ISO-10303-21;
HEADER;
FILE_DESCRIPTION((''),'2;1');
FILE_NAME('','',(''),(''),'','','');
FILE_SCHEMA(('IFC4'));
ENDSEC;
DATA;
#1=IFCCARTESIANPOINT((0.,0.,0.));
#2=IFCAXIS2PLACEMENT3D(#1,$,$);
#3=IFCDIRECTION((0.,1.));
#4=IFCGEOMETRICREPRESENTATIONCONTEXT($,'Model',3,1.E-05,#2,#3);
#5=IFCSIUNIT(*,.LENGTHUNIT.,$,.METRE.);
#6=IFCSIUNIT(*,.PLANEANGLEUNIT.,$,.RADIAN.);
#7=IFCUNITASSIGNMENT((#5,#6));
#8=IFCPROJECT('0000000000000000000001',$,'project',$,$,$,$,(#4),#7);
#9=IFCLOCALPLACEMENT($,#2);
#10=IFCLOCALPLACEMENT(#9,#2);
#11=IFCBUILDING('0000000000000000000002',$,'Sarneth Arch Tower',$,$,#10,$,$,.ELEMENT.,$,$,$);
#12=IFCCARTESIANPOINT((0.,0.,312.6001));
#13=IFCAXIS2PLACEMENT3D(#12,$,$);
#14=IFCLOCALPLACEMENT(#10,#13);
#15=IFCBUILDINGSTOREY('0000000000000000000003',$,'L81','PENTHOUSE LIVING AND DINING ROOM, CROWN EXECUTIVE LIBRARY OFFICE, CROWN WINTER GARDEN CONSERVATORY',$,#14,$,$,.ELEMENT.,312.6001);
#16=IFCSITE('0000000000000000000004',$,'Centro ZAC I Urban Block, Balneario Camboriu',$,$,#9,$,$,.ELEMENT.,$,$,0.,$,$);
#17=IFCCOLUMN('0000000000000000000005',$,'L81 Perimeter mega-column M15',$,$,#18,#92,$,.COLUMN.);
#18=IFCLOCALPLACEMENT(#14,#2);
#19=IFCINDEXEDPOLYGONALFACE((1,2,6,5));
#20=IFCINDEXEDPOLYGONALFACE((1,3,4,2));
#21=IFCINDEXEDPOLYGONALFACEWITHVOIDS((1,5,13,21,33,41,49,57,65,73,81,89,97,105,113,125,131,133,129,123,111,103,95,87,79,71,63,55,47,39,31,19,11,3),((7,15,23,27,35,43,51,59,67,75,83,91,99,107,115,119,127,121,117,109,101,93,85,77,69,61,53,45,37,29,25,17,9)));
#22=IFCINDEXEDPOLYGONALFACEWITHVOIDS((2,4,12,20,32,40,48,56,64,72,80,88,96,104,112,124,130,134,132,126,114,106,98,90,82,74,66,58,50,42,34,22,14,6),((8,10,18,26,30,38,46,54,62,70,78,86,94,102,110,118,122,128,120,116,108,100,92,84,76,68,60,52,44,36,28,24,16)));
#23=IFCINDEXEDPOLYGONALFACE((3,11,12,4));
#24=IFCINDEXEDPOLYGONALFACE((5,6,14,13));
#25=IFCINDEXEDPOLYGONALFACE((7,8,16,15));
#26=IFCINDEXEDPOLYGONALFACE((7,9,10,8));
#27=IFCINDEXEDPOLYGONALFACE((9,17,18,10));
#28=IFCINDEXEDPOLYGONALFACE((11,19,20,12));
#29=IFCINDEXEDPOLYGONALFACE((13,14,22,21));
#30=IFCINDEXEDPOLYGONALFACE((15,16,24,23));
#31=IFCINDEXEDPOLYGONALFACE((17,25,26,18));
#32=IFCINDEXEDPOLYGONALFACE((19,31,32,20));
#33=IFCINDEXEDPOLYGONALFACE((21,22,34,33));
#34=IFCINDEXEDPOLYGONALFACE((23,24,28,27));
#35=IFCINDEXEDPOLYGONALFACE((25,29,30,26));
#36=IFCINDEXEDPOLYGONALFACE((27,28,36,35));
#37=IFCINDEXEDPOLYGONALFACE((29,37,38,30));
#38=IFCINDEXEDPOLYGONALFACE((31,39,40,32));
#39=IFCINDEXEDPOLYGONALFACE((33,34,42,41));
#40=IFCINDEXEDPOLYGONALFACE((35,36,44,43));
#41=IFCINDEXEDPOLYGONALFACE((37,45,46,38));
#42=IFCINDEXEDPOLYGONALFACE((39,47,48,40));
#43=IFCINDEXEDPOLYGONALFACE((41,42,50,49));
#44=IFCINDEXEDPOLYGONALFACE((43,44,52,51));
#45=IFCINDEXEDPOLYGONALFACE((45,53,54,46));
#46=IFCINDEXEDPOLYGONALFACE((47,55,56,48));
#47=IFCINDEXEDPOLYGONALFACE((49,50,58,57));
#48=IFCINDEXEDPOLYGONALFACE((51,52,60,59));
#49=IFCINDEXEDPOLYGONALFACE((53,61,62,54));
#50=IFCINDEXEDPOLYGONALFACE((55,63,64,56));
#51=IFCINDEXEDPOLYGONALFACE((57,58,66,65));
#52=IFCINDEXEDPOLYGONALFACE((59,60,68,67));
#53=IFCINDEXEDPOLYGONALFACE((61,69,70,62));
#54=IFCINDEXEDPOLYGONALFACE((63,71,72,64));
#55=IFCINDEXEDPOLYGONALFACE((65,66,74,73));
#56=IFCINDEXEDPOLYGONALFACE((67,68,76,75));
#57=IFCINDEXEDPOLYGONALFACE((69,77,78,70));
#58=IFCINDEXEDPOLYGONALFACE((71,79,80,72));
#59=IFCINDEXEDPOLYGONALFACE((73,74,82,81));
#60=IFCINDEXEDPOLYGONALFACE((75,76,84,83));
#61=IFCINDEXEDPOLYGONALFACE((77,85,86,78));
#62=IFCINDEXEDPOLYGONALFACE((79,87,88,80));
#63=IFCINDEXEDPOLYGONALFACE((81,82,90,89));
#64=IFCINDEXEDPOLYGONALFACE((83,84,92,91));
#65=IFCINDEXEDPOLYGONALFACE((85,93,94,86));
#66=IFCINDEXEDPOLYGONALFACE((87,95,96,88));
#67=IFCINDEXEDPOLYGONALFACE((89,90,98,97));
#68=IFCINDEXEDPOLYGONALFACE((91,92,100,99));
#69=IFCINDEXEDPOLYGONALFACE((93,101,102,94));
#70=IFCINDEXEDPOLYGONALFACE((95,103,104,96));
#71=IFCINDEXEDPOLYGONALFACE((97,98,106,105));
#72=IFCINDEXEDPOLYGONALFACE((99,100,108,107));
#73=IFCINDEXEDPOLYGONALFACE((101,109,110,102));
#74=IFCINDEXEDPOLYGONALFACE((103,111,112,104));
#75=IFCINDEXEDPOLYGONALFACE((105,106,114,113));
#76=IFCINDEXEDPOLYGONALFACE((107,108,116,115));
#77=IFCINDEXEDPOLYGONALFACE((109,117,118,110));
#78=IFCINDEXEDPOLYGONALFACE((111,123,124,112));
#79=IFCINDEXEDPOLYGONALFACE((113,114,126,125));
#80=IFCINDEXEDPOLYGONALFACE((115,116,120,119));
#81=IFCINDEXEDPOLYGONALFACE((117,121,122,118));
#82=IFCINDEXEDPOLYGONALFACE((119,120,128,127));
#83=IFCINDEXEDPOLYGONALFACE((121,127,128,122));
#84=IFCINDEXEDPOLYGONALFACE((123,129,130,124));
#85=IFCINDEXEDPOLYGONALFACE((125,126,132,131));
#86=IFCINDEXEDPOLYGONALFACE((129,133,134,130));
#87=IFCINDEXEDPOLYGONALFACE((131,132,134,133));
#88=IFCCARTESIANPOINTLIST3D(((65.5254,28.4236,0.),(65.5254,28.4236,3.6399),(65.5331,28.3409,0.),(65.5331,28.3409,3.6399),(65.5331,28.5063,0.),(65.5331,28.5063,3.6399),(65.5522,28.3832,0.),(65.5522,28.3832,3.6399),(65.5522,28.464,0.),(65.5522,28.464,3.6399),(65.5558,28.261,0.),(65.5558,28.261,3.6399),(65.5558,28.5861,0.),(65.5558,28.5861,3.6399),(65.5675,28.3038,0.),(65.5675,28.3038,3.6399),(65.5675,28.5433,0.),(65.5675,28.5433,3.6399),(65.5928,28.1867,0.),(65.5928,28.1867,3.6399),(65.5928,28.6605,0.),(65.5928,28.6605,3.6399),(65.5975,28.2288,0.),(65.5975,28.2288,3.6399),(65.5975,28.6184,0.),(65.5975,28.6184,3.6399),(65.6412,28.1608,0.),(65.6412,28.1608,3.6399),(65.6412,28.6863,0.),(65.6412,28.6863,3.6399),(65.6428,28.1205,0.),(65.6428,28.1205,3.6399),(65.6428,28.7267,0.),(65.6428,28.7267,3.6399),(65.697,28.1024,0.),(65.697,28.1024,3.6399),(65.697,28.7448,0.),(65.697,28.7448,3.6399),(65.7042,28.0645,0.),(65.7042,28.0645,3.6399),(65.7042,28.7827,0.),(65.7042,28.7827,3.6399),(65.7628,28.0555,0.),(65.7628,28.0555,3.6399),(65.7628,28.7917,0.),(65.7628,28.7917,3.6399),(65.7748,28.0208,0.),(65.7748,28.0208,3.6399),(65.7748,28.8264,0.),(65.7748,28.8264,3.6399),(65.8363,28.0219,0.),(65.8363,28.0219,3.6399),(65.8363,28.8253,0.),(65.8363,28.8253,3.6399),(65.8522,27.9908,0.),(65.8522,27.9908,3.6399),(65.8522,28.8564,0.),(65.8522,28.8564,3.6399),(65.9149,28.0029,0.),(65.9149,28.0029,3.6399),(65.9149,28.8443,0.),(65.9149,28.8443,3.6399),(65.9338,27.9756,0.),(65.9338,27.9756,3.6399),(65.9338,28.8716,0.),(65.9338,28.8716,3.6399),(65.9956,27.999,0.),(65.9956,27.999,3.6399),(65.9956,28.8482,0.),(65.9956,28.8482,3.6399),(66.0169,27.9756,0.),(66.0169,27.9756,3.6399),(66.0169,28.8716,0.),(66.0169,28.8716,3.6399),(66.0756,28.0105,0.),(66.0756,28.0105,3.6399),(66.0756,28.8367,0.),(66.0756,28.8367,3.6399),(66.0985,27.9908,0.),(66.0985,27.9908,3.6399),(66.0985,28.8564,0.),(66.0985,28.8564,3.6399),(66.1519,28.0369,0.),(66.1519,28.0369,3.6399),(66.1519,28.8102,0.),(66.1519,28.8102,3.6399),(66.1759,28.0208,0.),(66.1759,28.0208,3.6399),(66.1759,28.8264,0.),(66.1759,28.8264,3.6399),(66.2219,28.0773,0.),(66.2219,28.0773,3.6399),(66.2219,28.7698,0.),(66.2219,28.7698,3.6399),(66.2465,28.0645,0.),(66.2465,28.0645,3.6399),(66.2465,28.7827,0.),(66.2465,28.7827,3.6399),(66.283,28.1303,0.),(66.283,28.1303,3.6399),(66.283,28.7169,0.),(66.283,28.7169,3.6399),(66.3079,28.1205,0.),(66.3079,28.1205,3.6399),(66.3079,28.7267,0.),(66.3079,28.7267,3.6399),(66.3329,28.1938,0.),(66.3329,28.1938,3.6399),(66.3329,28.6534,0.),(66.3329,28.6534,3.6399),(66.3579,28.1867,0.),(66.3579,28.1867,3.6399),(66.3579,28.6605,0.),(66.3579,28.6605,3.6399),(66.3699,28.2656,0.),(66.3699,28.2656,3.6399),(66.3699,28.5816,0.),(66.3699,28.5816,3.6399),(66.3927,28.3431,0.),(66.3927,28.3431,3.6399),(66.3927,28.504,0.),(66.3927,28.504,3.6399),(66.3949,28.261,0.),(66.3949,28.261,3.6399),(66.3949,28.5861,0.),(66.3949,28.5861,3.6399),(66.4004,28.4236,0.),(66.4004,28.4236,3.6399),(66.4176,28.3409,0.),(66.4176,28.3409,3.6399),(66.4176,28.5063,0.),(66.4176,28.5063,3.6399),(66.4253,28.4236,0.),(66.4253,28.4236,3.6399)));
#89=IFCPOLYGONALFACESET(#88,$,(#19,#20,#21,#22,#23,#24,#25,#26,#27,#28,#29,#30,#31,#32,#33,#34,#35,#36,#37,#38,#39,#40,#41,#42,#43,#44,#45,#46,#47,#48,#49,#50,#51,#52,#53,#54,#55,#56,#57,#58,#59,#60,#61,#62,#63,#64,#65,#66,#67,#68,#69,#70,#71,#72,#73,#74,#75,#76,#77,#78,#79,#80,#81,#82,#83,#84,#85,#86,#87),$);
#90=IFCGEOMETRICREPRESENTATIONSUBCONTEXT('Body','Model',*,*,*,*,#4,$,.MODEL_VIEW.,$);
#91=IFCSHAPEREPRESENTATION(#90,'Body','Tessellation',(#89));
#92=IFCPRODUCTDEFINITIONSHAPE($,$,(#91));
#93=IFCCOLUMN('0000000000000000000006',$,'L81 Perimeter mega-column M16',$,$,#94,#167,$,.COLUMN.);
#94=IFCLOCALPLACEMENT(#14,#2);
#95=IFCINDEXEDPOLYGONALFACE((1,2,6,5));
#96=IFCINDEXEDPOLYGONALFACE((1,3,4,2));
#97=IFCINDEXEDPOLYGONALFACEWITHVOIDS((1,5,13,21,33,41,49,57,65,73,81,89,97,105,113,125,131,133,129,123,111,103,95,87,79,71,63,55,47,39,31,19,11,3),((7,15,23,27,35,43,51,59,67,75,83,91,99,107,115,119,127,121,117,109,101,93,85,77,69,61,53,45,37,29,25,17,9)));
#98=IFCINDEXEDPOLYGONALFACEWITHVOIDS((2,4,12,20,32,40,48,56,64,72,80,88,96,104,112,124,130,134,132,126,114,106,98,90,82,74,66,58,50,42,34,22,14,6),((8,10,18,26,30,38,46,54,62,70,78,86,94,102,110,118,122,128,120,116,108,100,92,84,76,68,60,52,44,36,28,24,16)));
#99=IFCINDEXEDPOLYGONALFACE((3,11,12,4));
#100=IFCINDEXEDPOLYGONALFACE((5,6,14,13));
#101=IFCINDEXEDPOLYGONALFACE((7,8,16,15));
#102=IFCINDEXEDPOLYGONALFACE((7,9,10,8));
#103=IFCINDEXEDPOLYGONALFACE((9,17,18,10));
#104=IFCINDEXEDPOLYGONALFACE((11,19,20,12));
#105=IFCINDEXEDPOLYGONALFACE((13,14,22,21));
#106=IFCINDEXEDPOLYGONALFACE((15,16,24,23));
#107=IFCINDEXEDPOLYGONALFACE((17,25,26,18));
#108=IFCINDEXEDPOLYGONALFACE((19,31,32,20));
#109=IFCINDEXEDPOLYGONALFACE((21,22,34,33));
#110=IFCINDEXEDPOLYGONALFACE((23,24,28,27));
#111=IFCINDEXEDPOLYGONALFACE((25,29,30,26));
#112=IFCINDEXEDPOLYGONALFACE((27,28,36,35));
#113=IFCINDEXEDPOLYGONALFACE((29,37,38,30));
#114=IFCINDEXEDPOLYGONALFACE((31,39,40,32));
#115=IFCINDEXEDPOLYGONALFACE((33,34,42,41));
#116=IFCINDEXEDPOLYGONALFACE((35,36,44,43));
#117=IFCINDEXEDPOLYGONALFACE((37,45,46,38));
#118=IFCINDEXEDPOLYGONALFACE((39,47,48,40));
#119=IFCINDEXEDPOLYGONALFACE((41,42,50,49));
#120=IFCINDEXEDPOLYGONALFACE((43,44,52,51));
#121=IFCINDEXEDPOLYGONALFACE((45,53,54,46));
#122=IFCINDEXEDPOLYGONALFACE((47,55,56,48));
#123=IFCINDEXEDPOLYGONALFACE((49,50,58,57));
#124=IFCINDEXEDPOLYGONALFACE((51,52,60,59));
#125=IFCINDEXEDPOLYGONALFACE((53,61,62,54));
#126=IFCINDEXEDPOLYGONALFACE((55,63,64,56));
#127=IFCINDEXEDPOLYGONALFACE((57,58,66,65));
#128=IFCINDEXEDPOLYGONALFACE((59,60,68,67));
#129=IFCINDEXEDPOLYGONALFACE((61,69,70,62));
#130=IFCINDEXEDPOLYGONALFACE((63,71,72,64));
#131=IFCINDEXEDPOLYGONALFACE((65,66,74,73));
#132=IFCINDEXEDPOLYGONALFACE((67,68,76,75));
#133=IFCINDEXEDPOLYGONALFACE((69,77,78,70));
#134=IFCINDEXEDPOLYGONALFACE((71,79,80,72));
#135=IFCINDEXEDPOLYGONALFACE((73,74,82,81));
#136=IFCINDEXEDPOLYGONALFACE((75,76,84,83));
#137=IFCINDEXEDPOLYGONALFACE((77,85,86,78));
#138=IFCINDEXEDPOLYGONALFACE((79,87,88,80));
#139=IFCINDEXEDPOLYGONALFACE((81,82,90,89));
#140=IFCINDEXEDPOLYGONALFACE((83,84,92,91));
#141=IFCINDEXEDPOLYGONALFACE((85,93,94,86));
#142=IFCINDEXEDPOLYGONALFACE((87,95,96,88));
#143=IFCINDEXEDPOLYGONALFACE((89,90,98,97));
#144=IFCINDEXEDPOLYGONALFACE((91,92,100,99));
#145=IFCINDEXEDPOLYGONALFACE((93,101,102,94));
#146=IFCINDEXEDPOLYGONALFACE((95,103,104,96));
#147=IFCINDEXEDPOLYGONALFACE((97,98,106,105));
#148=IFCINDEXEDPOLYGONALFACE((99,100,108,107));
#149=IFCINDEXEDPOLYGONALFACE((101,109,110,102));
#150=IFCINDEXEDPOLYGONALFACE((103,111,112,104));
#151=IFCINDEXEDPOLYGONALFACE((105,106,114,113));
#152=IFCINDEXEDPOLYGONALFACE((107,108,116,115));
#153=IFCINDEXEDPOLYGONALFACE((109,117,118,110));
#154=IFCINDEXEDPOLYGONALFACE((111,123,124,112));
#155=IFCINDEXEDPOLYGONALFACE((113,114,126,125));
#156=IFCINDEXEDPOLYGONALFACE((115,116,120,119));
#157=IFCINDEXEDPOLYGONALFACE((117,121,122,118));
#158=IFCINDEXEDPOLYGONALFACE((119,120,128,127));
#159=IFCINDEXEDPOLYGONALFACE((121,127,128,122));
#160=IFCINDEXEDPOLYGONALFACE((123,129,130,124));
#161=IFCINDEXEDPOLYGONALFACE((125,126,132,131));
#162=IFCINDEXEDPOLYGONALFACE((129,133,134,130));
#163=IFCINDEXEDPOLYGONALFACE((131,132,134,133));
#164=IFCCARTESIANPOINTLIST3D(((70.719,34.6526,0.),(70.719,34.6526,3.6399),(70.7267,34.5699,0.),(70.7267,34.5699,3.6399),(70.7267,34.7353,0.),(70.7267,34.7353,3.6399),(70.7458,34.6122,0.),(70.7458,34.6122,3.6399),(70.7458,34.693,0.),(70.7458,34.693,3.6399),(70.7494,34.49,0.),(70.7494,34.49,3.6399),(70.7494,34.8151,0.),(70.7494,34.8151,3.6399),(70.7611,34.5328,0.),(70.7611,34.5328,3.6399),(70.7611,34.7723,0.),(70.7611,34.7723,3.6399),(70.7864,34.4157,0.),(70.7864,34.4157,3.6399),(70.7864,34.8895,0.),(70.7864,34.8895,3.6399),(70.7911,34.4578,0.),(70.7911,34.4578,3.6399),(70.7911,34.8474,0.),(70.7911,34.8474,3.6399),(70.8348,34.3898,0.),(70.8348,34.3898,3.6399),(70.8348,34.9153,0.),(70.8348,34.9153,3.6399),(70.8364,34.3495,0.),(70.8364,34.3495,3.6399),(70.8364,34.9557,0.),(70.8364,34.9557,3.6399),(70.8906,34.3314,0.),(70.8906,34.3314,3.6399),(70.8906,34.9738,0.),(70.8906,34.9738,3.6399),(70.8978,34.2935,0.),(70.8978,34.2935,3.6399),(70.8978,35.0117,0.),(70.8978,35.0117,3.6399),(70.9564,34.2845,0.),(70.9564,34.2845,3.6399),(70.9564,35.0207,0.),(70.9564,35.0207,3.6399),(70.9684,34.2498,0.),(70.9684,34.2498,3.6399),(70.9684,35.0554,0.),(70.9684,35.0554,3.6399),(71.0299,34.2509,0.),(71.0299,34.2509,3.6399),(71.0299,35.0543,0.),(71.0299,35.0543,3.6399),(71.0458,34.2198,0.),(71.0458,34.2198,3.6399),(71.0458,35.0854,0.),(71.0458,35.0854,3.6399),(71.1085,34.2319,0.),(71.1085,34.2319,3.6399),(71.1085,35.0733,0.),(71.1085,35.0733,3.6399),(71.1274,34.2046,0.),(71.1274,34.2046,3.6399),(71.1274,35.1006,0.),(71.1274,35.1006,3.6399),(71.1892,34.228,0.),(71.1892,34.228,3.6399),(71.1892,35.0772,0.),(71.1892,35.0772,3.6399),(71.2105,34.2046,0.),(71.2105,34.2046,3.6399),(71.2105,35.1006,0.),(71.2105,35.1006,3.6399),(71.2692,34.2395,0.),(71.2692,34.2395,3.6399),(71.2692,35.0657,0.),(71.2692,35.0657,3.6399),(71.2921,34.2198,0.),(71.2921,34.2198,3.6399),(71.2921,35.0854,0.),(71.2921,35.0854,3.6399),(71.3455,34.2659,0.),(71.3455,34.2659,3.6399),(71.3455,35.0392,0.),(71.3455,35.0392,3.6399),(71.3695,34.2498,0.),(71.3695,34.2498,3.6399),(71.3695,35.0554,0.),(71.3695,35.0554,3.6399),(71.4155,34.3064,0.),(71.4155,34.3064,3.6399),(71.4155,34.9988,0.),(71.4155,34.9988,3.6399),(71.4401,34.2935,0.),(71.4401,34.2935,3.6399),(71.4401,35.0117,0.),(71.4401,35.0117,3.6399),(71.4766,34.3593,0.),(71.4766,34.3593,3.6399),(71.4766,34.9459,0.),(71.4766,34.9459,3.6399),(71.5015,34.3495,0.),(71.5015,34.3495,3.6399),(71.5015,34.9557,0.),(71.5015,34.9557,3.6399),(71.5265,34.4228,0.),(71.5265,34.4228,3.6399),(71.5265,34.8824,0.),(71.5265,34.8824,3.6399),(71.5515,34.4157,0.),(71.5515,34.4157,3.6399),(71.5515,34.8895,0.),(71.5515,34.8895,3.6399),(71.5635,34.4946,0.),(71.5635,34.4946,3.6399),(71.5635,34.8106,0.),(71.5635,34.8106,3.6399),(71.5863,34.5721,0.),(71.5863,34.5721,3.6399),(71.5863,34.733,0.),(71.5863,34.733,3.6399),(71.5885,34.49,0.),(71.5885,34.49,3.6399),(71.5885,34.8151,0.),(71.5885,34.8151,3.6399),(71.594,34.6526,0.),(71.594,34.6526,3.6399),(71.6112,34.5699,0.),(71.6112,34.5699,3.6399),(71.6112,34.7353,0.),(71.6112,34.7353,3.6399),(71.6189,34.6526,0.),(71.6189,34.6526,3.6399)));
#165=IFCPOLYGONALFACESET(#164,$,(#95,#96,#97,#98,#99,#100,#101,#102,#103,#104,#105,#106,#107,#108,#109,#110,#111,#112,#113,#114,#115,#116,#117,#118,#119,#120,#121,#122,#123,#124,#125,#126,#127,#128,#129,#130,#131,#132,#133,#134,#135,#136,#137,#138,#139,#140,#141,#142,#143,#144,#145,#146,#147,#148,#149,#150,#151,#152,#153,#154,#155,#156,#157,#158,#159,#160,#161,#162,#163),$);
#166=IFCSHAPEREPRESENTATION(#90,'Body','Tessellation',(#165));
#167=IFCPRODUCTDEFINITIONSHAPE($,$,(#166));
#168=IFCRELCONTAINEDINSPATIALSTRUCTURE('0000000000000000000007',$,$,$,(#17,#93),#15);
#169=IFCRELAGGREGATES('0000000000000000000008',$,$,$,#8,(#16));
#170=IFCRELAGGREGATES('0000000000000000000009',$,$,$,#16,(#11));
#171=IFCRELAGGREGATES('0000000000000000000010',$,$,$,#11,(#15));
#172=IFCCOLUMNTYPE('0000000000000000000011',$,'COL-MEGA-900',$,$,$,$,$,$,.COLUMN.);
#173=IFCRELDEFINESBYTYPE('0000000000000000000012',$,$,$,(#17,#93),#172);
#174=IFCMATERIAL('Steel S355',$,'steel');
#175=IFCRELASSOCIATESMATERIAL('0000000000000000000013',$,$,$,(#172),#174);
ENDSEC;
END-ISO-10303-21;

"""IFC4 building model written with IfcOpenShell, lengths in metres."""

from ifc_helpers import new_model, si_unit, direction, frame, origin, origin_2d, place, context, subcontext, project, spatial, hollow_circle, extrude, material, material_profile, profile_set, type_object, element, save


model = new_model("IFC4")

# Units and contexts
model_context = context("Model", 3, precision=1e-05, world=origin(), true_north=direction((0.0, 1.0)))
body_context = subcontext(model_context, "Body", "Model", "MODEL_VIEW")
ifc_project = project(units=[si_unit("LENGTHUNIT", "METRE"), si_unit("PLANEANGLEUNIT", "RADIAN")], contexts=[model_context])

# Site, building, storey
site_placement = place(None, origin())
site = spatial("IfcSite", under=ifc_project, at=site_placement, Name="Centro ZAC I Urban Block, Balneario Camboriu", CompositionType="ELEMENT", RefElevation=0.0)
building_placement = place(site_placement, origin())
building = spatial("IfcBuilding", under=site, at=building_placement, Name="Sarneth Arch Tower", CompositionType="ELEMENT")
storey_placement = place(building_placement, frame((0.0, 0.0, 312.6001)))
storey = spatial("IfcBuildingStorey", under=building, at=storey_placement, Name="L81", Description="PENTHOUSE LIVING AND DINING ROOM, CROWN EXECUTIVE LIBRARY OFFICE, CROWN WINTER GARDEN CONSERVATORY", CompositionType="ELEMENT", Elevation=312.6001)

# Columns
ifc_material_1 = material(Name="Steel S355", Category="steel")
ifc_material_profile_1 = material_profile(ifc_material_1, hollow_circle(Radius=0.45, WallThickness=0.0249, at=origin_2d()), Name="CHS900x25")
ifc_profile_set_1 = profile_set([ifc_material_profile_1], Name="Steel S355")
column_type = type_object("IfcColumnType", Name="COL-MEGA-900", PredefinedType="COLUMN", material=ifc_profile_set_1)
for number, where, z_axis, x_axis, name in (
    (1, (65.9753, 28.4236, 0.0), (0.0, 0.0, 1.0), (1.0, 0.0, 0.0), "L81 Perimeter mega-column M15"),
    (2, (71.1689, 34.6526, 0.0), (0.0, 0.0, 1.0), (1.0, 0.0, 0.0), "L81 Perimeter mega-column M16"),
):
    element("IfcColumn", number, at=place(storey_placement, frame(where, z_axis=z_axis, x_axis=x_axis)), inside=storey, type_object=column_type, Name=name, PredefinedType="COLUMN", context=body_context, shape_type="SweptSolid", body=[
        extrude(hollow_circle(Radius=0.45, WallThickness=0.0249, at=origin_2d()), origin(), (0.0, 0.0, 1.0), 3.6399),
    ])

save(model, "model.ifc")
